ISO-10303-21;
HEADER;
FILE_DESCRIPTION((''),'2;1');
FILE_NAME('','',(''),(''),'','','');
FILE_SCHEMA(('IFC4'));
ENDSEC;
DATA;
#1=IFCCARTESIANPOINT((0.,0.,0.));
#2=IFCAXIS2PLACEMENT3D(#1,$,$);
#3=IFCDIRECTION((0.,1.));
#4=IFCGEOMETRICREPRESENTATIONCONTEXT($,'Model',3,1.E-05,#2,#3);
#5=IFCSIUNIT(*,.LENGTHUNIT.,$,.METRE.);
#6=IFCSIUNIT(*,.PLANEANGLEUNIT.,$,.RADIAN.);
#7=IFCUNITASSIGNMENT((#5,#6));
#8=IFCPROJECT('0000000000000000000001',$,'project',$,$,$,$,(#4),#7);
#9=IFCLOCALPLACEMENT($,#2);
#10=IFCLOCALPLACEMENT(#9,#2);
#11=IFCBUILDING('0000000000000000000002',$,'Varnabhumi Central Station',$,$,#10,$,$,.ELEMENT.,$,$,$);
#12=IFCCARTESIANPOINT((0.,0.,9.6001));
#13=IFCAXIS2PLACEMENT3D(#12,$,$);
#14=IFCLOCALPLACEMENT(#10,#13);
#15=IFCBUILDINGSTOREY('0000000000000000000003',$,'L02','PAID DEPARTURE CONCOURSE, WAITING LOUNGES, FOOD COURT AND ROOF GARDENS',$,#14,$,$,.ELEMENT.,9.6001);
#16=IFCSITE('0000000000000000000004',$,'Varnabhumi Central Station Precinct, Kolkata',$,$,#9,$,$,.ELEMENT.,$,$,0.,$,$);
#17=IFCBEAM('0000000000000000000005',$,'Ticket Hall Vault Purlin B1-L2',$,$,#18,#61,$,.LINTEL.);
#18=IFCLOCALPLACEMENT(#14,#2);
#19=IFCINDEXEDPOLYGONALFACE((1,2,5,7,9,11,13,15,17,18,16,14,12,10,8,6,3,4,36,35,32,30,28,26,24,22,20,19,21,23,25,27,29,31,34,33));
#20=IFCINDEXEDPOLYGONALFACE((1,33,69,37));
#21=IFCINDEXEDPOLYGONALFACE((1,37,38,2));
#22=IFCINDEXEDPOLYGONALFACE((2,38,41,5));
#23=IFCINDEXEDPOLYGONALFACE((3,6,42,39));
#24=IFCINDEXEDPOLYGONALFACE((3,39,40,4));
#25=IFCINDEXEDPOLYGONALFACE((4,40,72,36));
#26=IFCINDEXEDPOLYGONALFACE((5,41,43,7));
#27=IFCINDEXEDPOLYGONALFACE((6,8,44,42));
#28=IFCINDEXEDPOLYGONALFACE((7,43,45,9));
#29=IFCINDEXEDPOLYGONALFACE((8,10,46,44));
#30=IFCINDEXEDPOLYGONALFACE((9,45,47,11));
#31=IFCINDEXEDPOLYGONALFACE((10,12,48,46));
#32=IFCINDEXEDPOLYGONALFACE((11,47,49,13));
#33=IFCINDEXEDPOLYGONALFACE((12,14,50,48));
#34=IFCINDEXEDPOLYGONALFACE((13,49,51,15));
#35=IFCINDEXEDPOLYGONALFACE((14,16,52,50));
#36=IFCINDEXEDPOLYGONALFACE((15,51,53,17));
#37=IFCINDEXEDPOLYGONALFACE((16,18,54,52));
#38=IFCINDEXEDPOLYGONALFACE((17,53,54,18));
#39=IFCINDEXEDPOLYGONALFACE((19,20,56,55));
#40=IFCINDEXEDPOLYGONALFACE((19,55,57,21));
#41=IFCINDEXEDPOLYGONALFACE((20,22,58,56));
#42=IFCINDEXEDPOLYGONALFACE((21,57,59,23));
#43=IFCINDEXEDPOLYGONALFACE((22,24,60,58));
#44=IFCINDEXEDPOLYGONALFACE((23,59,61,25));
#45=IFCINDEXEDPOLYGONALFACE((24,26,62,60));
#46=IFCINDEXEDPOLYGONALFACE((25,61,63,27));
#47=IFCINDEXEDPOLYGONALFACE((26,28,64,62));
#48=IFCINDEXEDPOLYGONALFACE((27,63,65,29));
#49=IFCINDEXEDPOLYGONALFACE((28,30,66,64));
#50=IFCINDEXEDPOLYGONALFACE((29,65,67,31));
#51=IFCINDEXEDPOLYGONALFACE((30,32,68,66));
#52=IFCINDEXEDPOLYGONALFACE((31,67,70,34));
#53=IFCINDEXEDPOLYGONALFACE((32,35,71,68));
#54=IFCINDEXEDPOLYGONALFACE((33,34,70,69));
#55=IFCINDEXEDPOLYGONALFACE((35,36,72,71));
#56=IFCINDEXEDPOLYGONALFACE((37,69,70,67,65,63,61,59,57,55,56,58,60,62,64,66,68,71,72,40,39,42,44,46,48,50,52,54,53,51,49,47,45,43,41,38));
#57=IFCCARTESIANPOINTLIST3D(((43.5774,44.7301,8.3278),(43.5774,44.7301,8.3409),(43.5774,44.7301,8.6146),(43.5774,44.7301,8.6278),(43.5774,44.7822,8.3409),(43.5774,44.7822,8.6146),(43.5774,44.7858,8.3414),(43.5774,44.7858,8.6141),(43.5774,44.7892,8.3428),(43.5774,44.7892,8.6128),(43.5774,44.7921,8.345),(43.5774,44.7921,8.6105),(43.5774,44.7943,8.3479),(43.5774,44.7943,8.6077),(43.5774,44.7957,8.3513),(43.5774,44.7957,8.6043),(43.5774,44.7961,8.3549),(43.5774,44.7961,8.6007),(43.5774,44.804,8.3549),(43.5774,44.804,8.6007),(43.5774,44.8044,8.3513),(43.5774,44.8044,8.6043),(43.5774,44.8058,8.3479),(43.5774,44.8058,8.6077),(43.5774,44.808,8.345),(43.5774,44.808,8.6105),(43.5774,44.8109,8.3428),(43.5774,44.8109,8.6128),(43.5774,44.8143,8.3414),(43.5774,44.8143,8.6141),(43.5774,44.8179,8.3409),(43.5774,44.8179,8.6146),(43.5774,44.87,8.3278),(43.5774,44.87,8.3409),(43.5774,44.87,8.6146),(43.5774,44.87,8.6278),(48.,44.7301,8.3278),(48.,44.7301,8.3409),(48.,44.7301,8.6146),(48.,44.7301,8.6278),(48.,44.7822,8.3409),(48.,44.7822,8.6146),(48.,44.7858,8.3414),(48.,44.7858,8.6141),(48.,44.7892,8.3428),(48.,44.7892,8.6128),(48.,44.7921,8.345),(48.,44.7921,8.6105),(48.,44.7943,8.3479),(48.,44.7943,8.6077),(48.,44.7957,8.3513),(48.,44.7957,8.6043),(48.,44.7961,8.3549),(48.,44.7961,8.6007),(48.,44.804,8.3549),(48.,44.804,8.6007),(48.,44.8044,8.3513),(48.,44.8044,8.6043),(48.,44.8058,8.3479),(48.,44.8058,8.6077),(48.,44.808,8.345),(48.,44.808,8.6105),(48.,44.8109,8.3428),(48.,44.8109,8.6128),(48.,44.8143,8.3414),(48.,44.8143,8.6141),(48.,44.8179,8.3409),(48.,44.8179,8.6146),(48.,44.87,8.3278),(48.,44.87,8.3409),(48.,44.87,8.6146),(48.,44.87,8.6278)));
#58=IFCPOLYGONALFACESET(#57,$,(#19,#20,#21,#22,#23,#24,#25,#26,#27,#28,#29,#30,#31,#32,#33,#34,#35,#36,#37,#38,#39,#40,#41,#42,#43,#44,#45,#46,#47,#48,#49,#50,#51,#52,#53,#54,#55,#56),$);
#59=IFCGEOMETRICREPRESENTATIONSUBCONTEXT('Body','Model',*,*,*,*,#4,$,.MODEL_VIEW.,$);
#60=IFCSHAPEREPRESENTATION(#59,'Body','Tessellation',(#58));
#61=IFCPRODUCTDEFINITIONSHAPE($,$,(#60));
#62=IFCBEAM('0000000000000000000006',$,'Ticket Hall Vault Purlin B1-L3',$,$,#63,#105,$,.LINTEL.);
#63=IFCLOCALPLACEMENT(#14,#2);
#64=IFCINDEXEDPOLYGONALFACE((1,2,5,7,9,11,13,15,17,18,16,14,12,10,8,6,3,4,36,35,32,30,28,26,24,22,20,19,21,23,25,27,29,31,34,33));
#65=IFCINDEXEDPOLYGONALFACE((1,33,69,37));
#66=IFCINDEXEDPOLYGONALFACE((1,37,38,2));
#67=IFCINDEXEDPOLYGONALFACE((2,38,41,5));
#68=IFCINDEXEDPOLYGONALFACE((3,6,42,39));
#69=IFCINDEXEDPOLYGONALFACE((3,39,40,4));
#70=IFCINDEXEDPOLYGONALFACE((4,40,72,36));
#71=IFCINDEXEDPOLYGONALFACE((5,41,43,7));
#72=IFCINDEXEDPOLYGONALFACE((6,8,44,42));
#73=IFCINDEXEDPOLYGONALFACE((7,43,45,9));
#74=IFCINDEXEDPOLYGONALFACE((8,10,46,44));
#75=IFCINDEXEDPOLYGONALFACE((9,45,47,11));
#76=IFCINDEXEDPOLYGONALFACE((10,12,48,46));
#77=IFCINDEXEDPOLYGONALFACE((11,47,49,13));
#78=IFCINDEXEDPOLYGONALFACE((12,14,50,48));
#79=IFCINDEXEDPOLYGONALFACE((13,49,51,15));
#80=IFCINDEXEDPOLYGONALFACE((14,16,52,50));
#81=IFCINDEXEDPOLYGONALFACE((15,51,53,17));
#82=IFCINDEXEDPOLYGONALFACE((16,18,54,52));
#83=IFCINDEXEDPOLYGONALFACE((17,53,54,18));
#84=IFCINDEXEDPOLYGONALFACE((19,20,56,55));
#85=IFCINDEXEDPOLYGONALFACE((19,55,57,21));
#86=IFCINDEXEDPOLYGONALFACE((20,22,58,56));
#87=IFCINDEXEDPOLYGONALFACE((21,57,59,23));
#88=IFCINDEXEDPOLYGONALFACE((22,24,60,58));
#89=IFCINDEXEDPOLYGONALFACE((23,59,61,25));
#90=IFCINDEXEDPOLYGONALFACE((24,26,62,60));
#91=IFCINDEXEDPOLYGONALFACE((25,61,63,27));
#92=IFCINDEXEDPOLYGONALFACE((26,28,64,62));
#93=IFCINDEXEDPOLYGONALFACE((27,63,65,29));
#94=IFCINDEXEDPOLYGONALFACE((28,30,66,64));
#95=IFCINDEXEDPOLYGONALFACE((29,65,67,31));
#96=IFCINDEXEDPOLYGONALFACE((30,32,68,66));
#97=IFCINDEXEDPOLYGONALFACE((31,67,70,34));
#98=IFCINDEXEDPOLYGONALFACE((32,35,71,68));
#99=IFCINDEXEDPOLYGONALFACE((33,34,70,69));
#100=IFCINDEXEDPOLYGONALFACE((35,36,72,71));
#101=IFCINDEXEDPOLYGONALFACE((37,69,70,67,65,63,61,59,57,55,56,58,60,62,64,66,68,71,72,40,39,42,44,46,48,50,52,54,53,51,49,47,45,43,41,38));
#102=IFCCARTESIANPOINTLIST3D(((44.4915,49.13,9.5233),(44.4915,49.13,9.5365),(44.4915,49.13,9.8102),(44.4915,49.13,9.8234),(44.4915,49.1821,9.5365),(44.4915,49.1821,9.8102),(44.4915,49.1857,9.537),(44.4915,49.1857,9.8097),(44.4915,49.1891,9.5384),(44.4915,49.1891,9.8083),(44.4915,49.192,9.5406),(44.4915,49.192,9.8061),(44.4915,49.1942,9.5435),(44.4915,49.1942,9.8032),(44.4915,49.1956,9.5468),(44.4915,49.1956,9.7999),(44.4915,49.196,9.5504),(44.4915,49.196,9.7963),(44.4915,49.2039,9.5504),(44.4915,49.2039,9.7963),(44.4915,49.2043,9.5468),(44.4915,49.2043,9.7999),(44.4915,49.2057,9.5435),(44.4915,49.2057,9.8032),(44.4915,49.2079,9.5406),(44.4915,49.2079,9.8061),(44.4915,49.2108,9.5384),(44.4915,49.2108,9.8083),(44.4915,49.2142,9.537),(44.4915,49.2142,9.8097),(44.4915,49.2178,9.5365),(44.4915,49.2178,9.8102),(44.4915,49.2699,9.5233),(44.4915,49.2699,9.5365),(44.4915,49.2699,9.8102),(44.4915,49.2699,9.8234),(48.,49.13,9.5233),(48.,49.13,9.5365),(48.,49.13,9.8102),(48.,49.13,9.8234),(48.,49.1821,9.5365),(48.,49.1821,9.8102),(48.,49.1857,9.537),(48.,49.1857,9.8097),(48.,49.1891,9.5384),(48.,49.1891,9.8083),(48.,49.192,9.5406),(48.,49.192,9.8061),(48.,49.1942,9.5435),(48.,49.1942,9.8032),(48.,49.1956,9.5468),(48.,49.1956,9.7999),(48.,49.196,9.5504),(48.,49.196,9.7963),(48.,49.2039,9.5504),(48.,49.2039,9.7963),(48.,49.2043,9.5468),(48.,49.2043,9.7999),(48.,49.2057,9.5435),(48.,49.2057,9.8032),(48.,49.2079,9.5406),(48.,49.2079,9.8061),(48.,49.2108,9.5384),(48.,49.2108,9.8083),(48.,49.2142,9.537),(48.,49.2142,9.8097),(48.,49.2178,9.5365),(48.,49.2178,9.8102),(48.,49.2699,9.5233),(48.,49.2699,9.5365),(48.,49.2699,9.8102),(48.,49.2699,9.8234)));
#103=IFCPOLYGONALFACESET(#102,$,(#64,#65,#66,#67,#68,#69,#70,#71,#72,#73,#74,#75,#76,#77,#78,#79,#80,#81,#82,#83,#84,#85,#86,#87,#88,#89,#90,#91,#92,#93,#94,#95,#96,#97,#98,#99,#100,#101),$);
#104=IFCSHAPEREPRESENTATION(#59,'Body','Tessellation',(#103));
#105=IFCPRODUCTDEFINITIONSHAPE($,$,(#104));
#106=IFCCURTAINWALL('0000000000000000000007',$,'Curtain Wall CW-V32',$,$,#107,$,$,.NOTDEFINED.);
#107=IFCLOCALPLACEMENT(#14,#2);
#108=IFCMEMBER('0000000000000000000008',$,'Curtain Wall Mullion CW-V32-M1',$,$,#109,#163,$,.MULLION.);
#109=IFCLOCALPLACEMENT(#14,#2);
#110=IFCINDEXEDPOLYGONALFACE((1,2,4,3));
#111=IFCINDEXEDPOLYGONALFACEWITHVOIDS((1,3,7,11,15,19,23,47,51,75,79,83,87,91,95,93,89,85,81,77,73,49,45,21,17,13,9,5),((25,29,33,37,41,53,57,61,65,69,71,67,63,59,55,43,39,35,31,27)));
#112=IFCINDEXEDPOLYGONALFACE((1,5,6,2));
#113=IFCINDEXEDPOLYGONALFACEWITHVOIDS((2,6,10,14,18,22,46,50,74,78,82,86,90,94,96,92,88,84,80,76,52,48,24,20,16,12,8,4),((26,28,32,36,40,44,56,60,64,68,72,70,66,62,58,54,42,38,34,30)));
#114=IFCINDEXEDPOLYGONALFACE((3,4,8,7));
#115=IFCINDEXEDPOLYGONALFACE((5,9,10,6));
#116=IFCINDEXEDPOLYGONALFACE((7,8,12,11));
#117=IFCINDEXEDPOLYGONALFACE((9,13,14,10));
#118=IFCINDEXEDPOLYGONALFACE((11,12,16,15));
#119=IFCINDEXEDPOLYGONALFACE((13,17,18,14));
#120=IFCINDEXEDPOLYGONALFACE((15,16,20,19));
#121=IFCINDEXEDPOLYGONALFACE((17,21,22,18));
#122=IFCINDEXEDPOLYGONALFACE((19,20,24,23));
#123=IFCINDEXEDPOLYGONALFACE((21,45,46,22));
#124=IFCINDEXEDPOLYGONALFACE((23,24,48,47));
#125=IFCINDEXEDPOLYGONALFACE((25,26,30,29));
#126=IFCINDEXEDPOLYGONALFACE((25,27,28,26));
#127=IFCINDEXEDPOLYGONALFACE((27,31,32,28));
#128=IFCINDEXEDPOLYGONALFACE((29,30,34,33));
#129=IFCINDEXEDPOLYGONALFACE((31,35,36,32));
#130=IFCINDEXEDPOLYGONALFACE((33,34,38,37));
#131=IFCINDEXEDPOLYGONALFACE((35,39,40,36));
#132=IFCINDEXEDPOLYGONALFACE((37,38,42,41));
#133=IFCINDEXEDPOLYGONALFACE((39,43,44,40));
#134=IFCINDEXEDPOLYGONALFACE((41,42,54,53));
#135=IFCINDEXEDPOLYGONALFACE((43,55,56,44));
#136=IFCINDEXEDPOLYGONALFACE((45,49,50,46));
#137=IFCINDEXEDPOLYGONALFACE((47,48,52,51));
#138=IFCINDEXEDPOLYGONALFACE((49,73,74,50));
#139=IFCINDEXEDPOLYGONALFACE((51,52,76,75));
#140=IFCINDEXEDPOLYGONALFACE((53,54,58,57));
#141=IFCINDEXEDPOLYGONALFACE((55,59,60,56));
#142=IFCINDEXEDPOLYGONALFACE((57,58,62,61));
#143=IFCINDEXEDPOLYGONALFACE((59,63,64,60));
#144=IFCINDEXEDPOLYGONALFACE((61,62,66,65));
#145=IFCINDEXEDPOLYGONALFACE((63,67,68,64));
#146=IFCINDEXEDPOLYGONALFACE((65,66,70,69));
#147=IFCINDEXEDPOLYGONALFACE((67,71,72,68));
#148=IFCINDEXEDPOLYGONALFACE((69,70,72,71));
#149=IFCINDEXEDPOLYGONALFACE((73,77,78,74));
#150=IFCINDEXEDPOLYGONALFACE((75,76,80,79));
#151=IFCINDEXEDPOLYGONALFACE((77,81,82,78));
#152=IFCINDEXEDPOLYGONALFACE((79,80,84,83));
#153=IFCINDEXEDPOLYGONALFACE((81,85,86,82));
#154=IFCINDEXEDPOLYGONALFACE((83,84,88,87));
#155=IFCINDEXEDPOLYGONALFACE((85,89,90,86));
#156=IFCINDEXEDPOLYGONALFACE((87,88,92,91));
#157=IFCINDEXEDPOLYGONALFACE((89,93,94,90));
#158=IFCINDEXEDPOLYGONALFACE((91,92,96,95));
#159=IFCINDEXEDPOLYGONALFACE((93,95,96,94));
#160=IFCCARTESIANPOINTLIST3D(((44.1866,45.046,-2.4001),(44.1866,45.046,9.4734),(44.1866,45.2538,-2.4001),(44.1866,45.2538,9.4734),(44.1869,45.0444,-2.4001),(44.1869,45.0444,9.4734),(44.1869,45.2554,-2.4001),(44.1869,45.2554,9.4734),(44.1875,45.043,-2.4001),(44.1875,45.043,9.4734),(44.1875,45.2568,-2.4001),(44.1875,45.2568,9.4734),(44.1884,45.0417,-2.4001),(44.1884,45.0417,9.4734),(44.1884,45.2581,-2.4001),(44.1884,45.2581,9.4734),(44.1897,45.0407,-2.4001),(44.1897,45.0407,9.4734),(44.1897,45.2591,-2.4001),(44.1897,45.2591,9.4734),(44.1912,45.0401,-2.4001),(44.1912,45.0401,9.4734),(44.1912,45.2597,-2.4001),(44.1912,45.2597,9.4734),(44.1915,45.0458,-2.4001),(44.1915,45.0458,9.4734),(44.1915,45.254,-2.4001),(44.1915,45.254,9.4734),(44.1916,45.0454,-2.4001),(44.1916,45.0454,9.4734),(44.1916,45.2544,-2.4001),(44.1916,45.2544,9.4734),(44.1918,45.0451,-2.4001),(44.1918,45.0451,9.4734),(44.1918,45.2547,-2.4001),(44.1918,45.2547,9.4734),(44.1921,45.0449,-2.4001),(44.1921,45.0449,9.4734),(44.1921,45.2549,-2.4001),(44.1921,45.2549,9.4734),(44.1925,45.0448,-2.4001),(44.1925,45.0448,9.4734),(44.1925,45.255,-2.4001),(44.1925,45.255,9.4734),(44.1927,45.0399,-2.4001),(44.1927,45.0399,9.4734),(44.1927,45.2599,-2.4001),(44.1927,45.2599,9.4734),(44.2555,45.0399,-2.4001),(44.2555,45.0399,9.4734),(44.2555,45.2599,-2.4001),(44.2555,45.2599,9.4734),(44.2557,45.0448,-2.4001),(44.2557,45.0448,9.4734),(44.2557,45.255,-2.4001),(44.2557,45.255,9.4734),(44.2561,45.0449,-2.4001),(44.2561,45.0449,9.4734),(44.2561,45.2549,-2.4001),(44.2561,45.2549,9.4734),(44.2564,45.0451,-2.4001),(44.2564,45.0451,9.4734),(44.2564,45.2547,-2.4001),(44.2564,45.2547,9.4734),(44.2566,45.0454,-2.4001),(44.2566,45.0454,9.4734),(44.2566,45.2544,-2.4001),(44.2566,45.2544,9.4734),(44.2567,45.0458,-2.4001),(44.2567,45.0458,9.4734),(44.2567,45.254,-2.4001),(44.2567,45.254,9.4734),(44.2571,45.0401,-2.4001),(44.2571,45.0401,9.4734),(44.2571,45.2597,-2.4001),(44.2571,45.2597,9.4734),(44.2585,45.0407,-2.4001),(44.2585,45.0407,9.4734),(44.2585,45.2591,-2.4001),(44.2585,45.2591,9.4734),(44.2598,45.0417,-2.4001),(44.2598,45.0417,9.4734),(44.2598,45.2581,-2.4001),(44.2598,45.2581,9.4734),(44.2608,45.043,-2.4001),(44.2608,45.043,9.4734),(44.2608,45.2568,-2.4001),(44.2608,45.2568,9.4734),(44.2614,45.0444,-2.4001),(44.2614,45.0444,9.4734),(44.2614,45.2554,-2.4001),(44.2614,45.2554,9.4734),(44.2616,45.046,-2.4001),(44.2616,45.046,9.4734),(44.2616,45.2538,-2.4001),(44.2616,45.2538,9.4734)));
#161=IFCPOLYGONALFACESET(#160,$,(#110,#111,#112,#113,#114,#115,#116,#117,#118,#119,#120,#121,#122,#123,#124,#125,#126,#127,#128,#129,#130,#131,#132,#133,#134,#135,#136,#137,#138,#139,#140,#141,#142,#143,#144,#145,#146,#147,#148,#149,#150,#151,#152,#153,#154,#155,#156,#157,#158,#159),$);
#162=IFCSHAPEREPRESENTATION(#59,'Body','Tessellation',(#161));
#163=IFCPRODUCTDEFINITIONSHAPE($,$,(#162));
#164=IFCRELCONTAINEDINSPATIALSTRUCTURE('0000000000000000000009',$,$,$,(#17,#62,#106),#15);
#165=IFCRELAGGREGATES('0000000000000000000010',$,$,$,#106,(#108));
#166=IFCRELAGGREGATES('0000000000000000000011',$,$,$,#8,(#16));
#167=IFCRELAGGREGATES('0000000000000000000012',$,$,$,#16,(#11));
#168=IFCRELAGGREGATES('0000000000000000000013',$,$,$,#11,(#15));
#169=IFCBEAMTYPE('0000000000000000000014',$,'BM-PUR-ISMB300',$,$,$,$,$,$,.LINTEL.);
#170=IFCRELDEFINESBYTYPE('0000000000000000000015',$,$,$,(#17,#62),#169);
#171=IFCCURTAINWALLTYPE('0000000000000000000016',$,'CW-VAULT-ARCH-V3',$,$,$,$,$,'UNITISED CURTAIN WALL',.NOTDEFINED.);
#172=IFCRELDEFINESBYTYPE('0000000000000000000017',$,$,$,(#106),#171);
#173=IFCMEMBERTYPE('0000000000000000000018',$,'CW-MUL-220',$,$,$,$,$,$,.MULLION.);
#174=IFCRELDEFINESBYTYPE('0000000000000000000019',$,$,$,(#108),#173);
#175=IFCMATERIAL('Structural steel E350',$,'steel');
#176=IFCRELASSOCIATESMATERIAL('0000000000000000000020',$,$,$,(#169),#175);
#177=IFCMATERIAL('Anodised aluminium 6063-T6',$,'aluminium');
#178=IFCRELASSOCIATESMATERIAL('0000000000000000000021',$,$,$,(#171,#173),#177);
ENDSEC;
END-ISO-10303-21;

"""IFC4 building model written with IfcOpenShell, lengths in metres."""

from ifc_helpers import new_model, si_unit, direction, frame, origin, origin_2d, place, context, subcontext, project, spatial, hollow_rectangle, i_section, extrude, material, material_profile, profile_set, type_object, element, aggregate, save


model = new_model("IFC4")

# Units and contexts
model_context = context("Model", 3, precision=1e-05, world=origin(), true_north=direction((0.0, 1.0)))
body_context = subcontext(model_context, "Body", "Model", "MODEL_VIEW")
ifc_project = project(units=[si_unit("LENGTHUNIT", "METRE"), si_unit("PLANEANGLEUNIT", "RADIAN")], contexts=[model_context])

# Site, building, storey
site_placement = place(None, origin())
site = spatial("IfcSite", under=ifc_project, at=site_placement, Name="Varnabhumi Central Station Precinct, Kolkata", CompositionType="ELEMENT", RefElevation=0.0)
building_placement = place(site_placement, origin())
building = spatial("IfcBuilding", under=site, at=building_placement, Name="Varnabhumi Central Station", CompositionType="ELEMENT")
storey_placement = place(building_placement, frame((0.0, 0.0, 9.6001)))
storey = spatial("IfcBuildingStorey", under=building, at=storey_placement, Name="L02", Description="PAID DEPARTURE CONCOURSE, WAITING LOUNGES, FOOD COURT AND ROOF GARDENS", CompositionType="ELEMENT", Elevation=9.6001)

# Beams
ifc_material_1 = material(Name="Structural steel E350", Category="steel")
ifc_material_profile_1 = material_profile(ifc_material_1, i_section(OverallWidth=0.1399, OverallDepth=0.3, WebThickness=0.0078, FlangeThickness=0.0132, FilletRadius=0.0139, at=origin_2d()), Name="Structural steel E350", Category="steel")
ifc_profile_set_1 = profile_set([ifc_material_profile_1], Name="Structural steel E350")
beam_type_1 = type_object("IfcBeamType", Name="BM-PUR-ISMB300", PredefinedType="LINTEL", material=ifc_profile_set_1)
beam_1_placement = place(storey_placement, frame((43.5774, 44.8, 8.4778), z_axis=(1.0, 0.0, 0.0), x_axis=(0.0, 1.0, 0.0)))
element("IfcBeam", 1, at=beam_1_placement, inside=storey, type_object=beam_type_1, Name="Ticket Hall Vault Purlin B1-L2", PredefinedType="LINTEL", context=body_context, shape_type="SweptSolid", body=[
    extrude(i_section(OverallWidth=0.1399, OverallDepth=0.3, WebThickness=0.0078, FlangeThickness=0.0132, FilletRadius=0.0139, at=origin_2d()), origin(), (0.0, 0.0, 1.0), 4.4226),
])
beam_2_placement = place(storey_placement, frame((44.4915, 49.2, 9.6733), z_axis=(1.0, 0.0, 0.0), x_axis=(0.0, 1.0, 0.0)))
element("IfcBeam", 2, at=beam_2_placement, inside=storey, type_object=beam_type_1, Name="Ticket Hall Vault Purlin B1-L3", PredefinedType="LINTEL", context=body_context, shape_type="SweptSolid", body=[
    extrude(i_section(OverallWidth=0.1399, OverallDepth=0.3, WebThickness=0.0078, FlangeThickness=0.0132, FilletRadius=0.0139, at=origin_2d()), origin(), (0.0, 0.0, 1.0), 3.5085),
])

# Curtain wall, member
ifc_material_2 = material(Name="Anodised aluminium 6063-T6", Category="aluminium")
curtain_wall_type = type_object("IfcCurtainWallType", Name="CW-VAULT-ARCH-V3", ElementType="UNITISED CURTAIN WALL", PredefinedType="NOTDEFINED", material=ifc_material_2)
curtain_wall_placement = place(storey_placement, origin())
curtain_wall = element("IfcCurtainWall", 3, at=curtain_wall_placement, inside=storey, type_object=curtain_wall_type, Name="Curtain Wall CW-V32", PredefinedType="NOTDEFINED")
ifc_material_profile_2 = material_profile(ifc_material_2, hollow_rectangle(XDim=0.075, YDim=0.22, WallThickness=0.0049, InnerFilletRadius=0.001, OuterFilletRadius=0.0061, at=origin_2d()), Name="Anodised aluminium 6063-T6", Category="aluminium")
ifc_profile_set_2 = profile_set([ifc_material_profile_2], Name="Anodised aluminium 6063-T6")
member_type_1 = type_object("IfcMemberType", Name="CW-MUL-220", PredefinedType="MULLION", material=ifc_profile_set_2)
member_1_placement = place(storey_placement, frame((44.2241, 45.1499, -2.4001), z_axis=(0.0, 0.0, 1.0), x_axis=(1.0, 0.0, 0.0)))
member_1 = element("IfcMember", 4, at=member_1_placement, type_object=member_type_1, Name="Curtain Wall Mullion CW-V32-M1", PredefinedType="MULLION", context=body_context, shape_type="SweptSolid", body=[
    extrude(hollow_rectangle(XDim=0.075, YDim=0.22, WallThickness=0.0049, InnerFilletRadius=0.001, OuterFilletRadius=0.0061, at=origin_2d()), origin(), (0.0, 0.0, 1.0), 11.8735),
])

aggregate(curtain_wall, [member_1])

save(model, "model.ifc")
